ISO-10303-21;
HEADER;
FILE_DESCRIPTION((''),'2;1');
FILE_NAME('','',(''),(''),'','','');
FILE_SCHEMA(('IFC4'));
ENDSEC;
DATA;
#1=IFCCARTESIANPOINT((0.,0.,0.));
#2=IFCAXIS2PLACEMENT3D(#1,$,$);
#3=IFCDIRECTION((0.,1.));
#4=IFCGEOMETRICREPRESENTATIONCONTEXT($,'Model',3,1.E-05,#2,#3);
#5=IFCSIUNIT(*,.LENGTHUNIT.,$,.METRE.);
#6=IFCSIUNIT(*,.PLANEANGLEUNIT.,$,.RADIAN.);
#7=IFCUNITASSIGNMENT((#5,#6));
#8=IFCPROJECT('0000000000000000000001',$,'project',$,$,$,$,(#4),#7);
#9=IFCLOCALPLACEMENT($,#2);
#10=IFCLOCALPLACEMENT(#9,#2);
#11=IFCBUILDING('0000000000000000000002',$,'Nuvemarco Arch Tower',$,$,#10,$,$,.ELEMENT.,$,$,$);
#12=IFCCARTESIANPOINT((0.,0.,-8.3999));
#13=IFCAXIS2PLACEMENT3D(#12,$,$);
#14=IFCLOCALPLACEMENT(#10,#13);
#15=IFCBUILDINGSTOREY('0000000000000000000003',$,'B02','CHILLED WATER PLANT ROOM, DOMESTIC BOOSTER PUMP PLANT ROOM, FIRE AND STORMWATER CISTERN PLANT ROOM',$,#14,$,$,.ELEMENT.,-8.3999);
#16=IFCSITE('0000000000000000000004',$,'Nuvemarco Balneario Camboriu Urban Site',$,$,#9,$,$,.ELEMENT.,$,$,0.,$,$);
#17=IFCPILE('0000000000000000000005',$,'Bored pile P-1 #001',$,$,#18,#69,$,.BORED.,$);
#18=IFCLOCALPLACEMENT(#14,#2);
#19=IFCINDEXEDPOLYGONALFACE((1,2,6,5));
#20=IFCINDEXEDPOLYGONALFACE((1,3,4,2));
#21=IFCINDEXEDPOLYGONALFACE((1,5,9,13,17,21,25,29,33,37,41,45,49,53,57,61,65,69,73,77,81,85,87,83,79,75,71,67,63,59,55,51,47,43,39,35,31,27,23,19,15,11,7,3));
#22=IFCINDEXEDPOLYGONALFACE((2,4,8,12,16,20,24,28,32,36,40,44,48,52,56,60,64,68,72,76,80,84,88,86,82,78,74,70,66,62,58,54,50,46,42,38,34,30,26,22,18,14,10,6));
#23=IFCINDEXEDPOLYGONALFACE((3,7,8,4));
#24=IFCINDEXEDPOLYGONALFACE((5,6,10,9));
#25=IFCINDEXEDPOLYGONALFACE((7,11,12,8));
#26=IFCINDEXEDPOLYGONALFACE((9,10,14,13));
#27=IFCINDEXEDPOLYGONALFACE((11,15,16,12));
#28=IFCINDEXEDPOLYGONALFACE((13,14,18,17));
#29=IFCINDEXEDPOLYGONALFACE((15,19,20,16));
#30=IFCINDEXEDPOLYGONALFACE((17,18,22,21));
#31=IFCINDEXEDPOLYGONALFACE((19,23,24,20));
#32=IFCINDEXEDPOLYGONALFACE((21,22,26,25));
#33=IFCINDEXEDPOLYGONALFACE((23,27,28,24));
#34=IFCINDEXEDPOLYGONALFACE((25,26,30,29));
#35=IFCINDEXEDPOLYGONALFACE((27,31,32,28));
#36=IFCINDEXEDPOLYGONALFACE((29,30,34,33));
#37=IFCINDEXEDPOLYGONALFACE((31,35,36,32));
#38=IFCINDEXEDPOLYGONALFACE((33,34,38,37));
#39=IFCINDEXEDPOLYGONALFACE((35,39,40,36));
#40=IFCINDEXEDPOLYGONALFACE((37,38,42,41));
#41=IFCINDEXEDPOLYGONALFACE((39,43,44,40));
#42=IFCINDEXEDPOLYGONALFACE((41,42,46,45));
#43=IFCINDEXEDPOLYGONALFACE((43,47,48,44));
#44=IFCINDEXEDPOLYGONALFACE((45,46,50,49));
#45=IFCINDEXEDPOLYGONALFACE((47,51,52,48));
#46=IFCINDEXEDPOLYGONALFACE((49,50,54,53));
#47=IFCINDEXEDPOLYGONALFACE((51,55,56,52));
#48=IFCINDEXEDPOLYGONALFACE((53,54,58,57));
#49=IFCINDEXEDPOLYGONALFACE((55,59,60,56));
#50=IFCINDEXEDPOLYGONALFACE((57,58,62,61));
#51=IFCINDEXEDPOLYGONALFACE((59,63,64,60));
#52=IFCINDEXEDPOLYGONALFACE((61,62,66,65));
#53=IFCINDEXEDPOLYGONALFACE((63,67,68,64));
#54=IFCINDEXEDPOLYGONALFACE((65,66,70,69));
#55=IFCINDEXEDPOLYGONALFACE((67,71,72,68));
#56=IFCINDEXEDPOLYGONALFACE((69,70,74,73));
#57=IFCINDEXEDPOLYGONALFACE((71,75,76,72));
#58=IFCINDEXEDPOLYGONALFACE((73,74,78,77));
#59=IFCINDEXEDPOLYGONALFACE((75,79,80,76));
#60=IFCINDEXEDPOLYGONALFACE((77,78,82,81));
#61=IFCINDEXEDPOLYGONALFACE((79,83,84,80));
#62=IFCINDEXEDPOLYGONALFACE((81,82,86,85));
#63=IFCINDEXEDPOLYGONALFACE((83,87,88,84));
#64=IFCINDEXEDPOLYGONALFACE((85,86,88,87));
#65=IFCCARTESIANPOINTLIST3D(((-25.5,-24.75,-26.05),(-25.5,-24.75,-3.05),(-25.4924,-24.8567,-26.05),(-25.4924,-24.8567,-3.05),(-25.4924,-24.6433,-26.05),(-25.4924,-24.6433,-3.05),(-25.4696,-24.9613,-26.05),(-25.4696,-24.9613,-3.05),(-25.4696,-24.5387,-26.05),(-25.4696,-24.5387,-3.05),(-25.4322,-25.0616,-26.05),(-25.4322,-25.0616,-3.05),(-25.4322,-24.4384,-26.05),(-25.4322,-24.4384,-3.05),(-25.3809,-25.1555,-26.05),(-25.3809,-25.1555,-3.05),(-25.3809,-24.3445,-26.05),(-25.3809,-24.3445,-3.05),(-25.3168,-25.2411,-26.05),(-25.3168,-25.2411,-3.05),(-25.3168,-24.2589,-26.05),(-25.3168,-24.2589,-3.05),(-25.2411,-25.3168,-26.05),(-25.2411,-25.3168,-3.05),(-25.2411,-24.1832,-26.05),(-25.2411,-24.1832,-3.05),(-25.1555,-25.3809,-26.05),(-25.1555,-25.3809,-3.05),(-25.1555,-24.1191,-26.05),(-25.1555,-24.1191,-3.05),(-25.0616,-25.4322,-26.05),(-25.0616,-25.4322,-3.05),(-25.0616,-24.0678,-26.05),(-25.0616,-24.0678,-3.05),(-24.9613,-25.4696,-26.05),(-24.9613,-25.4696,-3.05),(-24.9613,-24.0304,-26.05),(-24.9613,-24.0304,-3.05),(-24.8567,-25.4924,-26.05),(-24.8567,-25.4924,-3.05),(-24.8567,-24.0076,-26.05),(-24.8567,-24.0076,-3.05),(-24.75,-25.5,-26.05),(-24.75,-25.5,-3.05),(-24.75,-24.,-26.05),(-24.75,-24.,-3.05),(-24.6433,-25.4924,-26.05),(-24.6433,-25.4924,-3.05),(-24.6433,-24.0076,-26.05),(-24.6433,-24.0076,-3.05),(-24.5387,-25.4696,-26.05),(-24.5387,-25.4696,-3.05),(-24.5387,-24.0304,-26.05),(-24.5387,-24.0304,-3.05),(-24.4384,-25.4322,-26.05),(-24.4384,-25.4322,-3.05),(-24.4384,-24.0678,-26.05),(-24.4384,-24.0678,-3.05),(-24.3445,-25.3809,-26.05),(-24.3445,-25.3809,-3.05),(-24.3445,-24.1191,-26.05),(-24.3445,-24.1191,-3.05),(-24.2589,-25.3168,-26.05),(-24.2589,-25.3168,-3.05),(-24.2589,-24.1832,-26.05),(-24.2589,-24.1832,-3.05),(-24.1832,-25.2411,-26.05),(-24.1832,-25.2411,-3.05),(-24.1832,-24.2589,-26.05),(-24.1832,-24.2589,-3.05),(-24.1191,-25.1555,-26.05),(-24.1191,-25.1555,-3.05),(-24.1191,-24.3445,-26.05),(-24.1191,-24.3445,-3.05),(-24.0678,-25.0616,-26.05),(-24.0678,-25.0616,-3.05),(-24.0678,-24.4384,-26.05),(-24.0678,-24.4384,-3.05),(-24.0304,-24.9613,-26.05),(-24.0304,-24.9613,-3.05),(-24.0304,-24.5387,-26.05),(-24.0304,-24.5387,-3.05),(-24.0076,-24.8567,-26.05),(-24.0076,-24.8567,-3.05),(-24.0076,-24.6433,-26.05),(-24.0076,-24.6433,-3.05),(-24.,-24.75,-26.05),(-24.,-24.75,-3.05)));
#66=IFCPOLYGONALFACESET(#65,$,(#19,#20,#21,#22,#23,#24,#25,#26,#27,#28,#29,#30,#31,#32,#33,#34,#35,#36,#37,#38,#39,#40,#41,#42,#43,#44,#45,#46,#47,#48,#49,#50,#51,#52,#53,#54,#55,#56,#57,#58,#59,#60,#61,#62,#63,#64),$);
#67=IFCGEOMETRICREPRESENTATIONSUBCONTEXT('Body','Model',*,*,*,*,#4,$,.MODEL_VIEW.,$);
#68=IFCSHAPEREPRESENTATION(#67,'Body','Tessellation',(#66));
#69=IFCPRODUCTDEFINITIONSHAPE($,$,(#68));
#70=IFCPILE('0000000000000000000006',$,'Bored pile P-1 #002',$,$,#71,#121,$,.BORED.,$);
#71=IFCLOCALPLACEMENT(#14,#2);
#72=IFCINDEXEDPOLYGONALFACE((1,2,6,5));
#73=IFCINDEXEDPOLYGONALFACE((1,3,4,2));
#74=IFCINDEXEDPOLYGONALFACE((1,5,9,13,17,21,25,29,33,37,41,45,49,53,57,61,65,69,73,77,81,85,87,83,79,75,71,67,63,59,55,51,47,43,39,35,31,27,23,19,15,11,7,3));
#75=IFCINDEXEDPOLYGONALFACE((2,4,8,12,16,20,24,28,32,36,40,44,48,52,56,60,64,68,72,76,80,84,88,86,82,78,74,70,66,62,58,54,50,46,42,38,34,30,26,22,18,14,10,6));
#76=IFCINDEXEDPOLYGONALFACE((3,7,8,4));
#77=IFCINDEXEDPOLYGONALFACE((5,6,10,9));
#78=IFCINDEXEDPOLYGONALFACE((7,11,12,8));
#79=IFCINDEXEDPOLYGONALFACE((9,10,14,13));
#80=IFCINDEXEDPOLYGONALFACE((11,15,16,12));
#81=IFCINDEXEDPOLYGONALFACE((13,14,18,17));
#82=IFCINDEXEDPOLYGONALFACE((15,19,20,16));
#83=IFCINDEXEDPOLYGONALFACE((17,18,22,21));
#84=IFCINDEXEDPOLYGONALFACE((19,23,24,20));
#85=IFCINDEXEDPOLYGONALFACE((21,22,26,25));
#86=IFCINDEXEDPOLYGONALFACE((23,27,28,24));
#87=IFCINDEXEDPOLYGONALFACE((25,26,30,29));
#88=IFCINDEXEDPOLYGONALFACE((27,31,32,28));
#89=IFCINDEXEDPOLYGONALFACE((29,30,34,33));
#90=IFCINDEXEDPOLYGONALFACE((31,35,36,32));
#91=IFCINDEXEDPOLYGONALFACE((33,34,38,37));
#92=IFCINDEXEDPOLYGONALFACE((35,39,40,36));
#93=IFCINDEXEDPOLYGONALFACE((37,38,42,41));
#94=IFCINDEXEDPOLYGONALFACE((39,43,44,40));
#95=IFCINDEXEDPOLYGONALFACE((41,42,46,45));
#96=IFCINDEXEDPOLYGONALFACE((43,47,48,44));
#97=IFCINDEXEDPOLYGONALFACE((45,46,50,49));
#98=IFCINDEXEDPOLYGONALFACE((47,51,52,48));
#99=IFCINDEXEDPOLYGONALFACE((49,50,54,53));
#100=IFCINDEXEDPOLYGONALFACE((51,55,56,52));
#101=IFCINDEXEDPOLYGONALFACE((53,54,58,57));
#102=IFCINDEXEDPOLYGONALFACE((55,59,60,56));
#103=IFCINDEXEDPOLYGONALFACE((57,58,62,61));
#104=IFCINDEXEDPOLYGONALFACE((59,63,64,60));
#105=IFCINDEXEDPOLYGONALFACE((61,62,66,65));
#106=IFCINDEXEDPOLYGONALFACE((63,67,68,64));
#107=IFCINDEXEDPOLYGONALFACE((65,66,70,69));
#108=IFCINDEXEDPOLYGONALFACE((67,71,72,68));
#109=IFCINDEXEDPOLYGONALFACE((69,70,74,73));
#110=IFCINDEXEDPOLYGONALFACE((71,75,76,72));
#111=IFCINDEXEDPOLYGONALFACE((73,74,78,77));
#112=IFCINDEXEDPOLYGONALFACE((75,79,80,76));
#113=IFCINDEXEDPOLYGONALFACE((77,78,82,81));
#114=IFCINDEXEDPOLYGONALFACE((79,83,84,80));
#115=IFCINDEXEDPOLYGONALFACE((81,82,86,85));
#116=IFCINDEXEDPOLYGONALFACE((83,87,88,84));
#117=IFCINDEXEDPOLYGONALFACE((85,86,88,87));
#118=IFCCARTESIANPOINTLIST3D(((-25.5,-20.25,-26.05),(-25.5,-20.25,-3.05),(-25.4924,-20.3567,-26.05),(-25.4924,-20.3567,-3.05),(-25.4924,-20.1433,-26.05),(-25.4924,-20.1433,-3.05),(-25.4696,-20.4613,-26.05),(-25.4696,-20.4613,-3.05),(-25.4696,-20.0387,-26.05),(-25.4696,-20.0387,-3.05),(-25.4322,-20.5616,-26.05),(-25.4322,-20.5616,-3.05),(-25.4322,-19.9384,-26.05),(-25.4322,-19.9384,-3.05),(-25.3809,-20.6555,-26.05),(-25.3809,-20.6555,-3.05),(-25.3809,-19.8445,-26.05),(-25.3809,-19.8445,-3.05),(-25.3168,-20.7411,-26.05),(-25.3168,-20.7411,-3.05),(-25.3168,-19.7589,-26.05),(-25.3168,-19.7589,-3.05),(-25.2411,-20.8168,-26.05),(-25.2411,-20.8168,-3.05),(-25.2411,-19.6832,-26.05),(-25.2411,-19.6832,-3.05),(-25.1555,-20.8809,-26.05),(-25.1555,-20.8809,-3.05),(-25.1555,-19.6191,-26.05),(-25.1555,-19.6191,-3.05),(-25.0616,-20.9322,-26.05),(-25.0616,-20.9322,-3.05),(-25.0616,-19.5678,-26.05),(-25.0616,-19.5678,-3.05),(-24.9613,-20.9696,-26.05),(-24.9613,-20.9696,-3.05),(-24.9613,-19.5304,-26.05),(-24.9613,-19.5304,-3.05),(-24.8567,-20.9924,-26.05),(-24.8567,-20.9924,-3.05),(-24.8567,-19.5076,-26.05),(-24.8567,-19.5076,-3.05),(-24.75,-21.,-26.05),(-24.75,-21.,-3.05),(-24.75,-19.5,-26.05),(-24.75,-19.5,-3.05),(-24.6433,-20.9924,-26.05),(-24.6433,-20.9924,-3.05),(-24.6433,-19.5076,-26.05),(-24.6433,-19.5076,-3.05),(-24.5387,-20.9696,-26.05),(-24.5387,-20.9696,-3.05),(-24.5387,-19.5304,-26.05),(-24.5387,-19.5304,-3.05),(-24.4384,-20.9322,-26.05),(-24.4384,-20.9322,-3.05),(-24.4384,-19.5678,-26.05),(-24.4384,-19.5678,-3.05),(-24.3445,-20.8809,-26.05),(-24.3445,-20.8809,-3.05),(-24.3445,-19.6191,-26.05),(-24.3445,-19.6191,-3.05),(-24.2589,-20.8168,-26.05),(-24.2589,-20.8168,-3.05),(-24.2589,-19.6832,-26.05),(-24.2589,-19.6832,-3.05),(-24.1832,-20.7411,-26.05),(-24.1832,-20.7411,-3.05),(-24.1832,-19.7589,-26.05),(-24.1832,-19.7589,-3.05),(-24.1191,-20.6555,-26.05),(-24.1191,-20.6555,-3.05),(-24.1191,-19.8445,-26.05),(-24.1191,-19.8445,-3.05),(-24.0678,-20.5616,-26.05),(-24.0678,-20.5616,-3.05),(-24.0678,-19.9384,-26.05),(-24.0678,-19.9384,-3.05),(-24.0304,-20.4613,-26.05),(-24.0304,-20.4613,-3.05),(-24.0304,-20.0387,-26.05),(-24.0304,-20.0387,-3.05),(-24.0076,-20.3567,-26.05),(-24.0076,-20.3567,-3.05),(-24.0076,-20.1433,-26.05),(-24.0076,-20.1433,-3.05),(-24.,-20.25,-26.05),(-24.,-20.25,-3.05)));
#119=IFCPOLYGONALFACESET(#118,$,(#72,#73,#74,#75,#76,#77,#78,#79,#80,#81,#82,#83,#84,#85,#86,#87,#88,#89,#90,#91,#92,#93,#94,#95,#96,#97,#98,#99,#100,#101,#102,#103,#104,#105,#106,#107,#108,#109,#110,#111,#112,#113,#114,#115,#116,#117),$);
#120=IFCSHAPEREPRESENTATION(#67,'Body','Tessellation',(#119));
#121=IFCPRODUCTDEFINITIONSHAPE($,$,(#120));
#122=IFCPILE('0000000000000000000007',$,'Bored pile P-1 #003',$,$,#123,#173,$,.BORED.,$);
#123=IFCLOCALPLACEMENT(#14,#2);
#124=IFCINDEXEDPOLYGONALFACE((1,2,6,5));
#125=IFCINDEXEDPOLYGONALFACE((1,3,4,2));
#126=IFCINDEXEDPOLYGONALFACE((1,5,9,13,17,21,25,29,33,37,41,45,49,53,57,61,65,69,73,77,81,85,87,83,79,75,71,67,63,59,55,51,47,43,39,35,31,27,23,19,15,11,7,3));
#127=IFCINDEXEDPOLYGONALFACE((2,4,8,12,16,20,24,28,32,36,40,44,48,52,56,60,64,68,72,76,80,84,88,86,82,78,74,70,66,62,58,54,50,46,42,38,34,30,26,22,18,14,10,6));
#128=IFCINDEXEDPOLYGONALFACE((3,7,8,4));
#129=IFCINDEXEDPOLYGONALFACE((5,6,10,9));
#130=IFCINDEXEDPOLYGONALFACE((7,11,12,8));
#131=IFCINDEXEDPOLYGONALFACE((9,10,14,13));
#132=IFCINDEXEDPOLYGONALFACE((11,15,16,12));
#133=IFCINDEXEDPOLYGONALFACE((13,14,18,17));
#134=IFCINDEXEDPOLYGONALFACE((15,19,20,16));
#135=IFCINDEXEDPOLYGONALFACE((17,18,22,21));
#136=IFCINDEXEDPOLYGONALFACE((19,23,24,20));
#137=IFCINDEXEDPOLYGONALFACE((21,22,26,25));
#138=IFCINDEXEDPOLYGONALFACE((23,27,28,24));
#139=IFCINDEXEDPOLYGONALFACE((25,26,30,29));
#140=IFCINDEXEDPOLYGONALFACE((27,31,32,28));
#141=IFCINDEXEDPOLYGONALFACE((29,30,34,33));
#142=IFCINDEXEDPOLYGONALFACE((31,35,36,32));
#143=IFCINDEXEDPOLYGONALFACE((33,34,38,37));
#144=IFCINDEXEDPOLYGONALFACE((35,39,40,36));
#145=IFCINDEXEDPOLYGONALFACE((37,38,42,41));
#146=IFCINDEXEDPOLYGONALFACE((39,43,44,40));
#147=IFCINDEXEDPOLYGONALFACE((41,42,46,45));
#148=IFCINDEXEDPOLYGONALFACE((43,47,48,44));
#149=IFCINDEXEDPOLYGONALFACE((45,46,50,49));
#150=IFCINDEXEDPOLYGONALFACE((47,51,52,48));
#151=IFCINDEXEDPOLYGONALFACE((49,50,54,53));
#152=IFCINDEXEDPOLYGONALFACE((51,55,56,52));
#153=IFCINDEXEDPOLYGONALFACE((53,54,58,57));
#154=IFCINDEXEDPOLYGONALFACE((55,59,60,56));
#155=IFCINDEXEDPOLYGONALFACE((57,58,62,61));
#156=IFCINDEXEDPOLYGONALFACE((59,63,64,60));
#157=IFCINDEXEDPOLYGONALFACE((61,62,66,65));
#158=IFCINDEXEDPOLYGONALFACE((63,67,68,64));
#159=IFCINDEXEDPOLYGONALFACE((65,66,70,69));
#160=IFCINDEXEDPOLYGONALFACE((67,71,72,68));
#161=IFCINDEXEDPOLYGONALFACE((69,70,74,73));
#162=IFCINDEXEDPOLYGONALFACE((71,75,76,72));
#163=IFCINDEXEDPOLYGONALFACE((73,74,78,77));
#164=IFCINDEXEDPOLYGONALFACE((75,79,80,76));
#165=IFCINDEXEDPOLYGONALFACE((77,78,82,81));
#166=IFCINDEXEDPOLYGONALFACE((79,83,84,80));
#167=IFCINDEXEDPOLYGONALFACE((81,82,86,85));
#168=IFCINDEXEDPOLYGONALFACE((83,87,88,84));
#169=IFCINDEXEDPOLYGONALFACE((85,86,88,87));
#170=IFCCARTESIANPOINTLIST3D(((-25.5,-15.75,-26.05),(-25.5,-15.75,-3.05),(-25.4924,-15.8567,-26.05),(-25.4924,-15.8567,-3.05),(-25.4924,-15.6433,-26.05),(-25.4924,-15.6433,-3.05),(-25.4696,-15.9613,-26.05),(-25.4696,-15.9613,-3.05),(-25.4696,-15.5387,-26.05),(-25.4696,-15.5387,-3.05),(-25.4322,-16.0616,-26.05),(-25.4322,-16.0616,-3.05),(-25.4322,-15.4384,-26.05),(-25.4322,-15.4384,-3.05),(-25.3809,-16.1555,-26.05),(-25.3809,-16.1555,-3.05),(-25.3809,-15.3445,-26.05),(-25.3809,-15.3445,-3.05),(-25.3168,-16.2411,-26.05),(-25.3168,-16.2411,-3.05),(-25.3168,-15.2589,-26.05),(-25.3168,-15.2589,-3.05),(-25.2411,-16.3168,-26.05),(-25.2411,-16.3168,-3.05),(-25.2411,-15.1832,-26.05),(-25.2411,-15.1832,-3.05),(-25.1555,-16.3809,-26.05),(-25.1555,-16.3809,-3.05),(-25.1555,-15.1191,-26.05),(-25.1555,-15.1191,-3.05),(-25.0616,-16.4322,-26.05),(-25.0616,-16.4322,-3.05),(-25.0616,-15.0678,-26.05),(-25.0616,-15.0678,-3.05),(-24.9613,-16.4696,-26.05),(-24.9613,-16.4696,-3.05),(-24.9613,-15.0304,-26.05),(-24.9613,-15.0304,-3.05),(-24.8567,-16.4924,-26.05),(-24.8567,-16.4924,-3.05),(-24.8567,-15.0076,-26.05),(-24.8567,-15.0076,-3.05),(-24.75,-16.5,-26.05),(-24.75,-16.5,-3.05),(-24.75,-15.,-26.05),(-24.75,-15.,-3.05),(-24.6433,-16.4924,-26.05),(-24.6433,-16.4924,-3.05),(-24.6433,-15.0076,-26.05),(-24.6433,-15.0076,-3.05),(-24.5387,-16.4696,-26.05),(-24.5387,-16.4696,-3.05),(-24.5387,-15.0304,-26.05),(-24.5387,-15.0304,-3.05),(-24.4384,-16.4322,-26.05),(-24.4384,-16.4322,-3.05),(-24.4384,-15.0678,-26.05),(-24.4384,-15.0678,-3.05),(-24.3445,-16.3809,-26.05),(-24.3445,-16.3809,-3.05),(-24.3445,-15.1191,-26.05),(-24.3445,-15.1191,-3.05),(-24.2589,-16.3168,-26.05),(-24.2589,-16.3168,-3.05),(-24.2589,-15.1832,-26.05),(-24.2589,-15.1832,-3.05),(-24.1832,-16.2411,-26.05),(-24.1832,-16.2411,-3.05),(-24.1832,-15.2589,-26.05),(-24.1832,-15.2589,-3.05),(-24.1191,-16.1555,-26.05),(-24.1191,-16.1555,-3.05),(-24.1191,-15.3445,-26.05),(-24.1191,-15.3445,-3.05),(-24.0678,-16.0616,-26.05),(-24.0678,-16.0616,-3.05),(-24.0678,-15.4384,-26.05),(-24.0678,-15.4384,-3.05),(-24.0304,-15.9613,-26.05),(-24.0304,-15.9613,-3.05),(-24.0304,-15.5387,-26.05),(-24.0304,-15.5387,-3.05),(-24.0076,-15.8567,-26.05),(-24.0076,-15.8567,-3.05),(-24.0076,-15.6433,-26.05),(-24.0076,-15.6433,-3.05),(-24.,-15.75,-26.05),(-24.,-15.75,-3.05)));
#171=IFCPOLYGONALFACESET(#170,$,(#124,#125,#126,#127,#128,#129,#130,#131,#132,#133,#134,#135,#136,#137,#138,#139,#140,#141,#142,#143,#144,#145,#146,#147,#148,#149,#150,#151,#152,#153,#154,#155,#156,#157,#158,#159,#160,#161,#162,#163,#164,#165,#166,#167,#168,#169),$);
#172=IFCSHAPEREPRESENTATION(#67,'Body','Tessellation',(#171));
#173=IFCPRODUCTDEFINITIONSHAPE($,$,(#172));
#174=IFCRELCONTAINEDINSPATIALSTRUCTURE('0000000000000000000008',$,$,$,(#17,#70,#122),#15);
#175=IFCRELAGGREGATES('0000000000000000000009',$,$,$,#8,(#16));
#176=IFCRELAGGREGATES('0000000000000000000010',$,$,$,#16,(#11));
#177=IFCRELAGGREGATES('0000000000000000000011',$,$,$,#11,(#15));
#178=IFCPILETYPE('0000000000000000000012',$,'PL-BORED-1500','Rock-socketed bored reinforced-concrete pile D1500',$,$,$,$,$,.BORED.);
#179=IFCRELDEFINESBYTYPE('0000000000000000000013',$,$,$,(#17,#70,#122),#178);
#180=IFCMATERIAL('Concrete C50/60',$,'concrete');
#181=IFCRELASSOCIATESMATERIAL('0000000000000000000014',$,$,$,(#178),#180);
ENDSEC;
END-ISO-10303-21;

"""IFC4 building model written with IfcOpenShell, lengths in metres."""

from ifc_helpers import new_model, si_unit, direction, frame, origin, origin_2d, place, context, subcontext, project, spatial, circle, extrude, material, material_profile, profile_set, type_object, element, save


model = new_model("IFC4")

# Units and contexts
model_context = context("Model", 3, precision=1e-05, world=origin(), true_north=direction((0.0, 1.0)))
body_context = subcontext(model_context, "Body", "Model", "MODEL_VIEW")
ifc_project = project(units=[si_unit("LENGTHUNIT", "METRE"), si_unit("PLANEANGLEUNIT", "RADIAN")], contexts=[model_context])

# Site, building, storey
site_placement = place(None, origin())
site = spatial("IfcSite", under=ifc_project, at=site_placement, Name="Nuvemarco Balneario Camboriu Urban Site", CompositionType="ELEMENT", RefElevation=0.0)
building_placement = place(site_placement, origin())
building = spatial("IfcBuilding", under=site, at=building_placement, Name="Nuvemarco Arch Tower", CompositionType="ELEMENT")
storey_placement = place(building_placement, frame((0.0, 0.0, -8.3999)))
storey = spatial("IfcBuildingStorey", under=building, at=storey_placement, Name="B02", Description="CHILLED WATER PLANT ROOM, DOMESTIC BOOSTER PUMP PLANT ROOM, FIRE AND STORMWATER CISTERN PLANT ROOM", CompositionType="ELEMENT", Elevation=-8.3999)

# Piles
ifc_material_1 = material(Name="Concrete C50/60", Category="concrete")
ifc_material_profile_1 = material_profile(ifc_material_1, circle(Radius=0.75, at=origin_2d()), Name="PILE-D1500")
ifc_profile_set_1 = profile_set([ifc_material_profile_1], Name="Concrete C50/60")
pile_type = type_object("IfcPileType", Name="PL-BORED-1500", Description="Rock-socketed bored reinforced-concrete pile D1500", PredefinedType="BORED", material=ifc_profile_set_1)
for number, where, z_axis, x_axis, name in (
    (1, (-24.75, -24.75, -3.05), (0.0, 0.0, -1.0), (1.0, 0.0, 0.0), "Bored pile P-1 #001"),
    (2, (-24.75, -20.25, -3.05), (0.0, 0.0, -1.0), (1.0, 0.0, 0.0), "Bored pile P-1 #002"),
    (3, (-24.75, -15.75, -3.05), (0.0, 0.0, -1.0), (1.0, 0.0, 0.0), "Bored pile P-1 #003"),
):
    element("IfcPile", number, at=place(storey_placement, frame(where, z_axis=z_axis, x_axis=x_axis)), inside=storey, type_object=pile_type, Name=name, PredefinedType="BORED", context=body_context, shape_type="SweptSolid", body=[
        extrude(circle(Radius=0.75, at=origin_2d()), origin(), (0.0, 0.0, 1.0), 23.0),
    ])

save(model, "model.ifc")
